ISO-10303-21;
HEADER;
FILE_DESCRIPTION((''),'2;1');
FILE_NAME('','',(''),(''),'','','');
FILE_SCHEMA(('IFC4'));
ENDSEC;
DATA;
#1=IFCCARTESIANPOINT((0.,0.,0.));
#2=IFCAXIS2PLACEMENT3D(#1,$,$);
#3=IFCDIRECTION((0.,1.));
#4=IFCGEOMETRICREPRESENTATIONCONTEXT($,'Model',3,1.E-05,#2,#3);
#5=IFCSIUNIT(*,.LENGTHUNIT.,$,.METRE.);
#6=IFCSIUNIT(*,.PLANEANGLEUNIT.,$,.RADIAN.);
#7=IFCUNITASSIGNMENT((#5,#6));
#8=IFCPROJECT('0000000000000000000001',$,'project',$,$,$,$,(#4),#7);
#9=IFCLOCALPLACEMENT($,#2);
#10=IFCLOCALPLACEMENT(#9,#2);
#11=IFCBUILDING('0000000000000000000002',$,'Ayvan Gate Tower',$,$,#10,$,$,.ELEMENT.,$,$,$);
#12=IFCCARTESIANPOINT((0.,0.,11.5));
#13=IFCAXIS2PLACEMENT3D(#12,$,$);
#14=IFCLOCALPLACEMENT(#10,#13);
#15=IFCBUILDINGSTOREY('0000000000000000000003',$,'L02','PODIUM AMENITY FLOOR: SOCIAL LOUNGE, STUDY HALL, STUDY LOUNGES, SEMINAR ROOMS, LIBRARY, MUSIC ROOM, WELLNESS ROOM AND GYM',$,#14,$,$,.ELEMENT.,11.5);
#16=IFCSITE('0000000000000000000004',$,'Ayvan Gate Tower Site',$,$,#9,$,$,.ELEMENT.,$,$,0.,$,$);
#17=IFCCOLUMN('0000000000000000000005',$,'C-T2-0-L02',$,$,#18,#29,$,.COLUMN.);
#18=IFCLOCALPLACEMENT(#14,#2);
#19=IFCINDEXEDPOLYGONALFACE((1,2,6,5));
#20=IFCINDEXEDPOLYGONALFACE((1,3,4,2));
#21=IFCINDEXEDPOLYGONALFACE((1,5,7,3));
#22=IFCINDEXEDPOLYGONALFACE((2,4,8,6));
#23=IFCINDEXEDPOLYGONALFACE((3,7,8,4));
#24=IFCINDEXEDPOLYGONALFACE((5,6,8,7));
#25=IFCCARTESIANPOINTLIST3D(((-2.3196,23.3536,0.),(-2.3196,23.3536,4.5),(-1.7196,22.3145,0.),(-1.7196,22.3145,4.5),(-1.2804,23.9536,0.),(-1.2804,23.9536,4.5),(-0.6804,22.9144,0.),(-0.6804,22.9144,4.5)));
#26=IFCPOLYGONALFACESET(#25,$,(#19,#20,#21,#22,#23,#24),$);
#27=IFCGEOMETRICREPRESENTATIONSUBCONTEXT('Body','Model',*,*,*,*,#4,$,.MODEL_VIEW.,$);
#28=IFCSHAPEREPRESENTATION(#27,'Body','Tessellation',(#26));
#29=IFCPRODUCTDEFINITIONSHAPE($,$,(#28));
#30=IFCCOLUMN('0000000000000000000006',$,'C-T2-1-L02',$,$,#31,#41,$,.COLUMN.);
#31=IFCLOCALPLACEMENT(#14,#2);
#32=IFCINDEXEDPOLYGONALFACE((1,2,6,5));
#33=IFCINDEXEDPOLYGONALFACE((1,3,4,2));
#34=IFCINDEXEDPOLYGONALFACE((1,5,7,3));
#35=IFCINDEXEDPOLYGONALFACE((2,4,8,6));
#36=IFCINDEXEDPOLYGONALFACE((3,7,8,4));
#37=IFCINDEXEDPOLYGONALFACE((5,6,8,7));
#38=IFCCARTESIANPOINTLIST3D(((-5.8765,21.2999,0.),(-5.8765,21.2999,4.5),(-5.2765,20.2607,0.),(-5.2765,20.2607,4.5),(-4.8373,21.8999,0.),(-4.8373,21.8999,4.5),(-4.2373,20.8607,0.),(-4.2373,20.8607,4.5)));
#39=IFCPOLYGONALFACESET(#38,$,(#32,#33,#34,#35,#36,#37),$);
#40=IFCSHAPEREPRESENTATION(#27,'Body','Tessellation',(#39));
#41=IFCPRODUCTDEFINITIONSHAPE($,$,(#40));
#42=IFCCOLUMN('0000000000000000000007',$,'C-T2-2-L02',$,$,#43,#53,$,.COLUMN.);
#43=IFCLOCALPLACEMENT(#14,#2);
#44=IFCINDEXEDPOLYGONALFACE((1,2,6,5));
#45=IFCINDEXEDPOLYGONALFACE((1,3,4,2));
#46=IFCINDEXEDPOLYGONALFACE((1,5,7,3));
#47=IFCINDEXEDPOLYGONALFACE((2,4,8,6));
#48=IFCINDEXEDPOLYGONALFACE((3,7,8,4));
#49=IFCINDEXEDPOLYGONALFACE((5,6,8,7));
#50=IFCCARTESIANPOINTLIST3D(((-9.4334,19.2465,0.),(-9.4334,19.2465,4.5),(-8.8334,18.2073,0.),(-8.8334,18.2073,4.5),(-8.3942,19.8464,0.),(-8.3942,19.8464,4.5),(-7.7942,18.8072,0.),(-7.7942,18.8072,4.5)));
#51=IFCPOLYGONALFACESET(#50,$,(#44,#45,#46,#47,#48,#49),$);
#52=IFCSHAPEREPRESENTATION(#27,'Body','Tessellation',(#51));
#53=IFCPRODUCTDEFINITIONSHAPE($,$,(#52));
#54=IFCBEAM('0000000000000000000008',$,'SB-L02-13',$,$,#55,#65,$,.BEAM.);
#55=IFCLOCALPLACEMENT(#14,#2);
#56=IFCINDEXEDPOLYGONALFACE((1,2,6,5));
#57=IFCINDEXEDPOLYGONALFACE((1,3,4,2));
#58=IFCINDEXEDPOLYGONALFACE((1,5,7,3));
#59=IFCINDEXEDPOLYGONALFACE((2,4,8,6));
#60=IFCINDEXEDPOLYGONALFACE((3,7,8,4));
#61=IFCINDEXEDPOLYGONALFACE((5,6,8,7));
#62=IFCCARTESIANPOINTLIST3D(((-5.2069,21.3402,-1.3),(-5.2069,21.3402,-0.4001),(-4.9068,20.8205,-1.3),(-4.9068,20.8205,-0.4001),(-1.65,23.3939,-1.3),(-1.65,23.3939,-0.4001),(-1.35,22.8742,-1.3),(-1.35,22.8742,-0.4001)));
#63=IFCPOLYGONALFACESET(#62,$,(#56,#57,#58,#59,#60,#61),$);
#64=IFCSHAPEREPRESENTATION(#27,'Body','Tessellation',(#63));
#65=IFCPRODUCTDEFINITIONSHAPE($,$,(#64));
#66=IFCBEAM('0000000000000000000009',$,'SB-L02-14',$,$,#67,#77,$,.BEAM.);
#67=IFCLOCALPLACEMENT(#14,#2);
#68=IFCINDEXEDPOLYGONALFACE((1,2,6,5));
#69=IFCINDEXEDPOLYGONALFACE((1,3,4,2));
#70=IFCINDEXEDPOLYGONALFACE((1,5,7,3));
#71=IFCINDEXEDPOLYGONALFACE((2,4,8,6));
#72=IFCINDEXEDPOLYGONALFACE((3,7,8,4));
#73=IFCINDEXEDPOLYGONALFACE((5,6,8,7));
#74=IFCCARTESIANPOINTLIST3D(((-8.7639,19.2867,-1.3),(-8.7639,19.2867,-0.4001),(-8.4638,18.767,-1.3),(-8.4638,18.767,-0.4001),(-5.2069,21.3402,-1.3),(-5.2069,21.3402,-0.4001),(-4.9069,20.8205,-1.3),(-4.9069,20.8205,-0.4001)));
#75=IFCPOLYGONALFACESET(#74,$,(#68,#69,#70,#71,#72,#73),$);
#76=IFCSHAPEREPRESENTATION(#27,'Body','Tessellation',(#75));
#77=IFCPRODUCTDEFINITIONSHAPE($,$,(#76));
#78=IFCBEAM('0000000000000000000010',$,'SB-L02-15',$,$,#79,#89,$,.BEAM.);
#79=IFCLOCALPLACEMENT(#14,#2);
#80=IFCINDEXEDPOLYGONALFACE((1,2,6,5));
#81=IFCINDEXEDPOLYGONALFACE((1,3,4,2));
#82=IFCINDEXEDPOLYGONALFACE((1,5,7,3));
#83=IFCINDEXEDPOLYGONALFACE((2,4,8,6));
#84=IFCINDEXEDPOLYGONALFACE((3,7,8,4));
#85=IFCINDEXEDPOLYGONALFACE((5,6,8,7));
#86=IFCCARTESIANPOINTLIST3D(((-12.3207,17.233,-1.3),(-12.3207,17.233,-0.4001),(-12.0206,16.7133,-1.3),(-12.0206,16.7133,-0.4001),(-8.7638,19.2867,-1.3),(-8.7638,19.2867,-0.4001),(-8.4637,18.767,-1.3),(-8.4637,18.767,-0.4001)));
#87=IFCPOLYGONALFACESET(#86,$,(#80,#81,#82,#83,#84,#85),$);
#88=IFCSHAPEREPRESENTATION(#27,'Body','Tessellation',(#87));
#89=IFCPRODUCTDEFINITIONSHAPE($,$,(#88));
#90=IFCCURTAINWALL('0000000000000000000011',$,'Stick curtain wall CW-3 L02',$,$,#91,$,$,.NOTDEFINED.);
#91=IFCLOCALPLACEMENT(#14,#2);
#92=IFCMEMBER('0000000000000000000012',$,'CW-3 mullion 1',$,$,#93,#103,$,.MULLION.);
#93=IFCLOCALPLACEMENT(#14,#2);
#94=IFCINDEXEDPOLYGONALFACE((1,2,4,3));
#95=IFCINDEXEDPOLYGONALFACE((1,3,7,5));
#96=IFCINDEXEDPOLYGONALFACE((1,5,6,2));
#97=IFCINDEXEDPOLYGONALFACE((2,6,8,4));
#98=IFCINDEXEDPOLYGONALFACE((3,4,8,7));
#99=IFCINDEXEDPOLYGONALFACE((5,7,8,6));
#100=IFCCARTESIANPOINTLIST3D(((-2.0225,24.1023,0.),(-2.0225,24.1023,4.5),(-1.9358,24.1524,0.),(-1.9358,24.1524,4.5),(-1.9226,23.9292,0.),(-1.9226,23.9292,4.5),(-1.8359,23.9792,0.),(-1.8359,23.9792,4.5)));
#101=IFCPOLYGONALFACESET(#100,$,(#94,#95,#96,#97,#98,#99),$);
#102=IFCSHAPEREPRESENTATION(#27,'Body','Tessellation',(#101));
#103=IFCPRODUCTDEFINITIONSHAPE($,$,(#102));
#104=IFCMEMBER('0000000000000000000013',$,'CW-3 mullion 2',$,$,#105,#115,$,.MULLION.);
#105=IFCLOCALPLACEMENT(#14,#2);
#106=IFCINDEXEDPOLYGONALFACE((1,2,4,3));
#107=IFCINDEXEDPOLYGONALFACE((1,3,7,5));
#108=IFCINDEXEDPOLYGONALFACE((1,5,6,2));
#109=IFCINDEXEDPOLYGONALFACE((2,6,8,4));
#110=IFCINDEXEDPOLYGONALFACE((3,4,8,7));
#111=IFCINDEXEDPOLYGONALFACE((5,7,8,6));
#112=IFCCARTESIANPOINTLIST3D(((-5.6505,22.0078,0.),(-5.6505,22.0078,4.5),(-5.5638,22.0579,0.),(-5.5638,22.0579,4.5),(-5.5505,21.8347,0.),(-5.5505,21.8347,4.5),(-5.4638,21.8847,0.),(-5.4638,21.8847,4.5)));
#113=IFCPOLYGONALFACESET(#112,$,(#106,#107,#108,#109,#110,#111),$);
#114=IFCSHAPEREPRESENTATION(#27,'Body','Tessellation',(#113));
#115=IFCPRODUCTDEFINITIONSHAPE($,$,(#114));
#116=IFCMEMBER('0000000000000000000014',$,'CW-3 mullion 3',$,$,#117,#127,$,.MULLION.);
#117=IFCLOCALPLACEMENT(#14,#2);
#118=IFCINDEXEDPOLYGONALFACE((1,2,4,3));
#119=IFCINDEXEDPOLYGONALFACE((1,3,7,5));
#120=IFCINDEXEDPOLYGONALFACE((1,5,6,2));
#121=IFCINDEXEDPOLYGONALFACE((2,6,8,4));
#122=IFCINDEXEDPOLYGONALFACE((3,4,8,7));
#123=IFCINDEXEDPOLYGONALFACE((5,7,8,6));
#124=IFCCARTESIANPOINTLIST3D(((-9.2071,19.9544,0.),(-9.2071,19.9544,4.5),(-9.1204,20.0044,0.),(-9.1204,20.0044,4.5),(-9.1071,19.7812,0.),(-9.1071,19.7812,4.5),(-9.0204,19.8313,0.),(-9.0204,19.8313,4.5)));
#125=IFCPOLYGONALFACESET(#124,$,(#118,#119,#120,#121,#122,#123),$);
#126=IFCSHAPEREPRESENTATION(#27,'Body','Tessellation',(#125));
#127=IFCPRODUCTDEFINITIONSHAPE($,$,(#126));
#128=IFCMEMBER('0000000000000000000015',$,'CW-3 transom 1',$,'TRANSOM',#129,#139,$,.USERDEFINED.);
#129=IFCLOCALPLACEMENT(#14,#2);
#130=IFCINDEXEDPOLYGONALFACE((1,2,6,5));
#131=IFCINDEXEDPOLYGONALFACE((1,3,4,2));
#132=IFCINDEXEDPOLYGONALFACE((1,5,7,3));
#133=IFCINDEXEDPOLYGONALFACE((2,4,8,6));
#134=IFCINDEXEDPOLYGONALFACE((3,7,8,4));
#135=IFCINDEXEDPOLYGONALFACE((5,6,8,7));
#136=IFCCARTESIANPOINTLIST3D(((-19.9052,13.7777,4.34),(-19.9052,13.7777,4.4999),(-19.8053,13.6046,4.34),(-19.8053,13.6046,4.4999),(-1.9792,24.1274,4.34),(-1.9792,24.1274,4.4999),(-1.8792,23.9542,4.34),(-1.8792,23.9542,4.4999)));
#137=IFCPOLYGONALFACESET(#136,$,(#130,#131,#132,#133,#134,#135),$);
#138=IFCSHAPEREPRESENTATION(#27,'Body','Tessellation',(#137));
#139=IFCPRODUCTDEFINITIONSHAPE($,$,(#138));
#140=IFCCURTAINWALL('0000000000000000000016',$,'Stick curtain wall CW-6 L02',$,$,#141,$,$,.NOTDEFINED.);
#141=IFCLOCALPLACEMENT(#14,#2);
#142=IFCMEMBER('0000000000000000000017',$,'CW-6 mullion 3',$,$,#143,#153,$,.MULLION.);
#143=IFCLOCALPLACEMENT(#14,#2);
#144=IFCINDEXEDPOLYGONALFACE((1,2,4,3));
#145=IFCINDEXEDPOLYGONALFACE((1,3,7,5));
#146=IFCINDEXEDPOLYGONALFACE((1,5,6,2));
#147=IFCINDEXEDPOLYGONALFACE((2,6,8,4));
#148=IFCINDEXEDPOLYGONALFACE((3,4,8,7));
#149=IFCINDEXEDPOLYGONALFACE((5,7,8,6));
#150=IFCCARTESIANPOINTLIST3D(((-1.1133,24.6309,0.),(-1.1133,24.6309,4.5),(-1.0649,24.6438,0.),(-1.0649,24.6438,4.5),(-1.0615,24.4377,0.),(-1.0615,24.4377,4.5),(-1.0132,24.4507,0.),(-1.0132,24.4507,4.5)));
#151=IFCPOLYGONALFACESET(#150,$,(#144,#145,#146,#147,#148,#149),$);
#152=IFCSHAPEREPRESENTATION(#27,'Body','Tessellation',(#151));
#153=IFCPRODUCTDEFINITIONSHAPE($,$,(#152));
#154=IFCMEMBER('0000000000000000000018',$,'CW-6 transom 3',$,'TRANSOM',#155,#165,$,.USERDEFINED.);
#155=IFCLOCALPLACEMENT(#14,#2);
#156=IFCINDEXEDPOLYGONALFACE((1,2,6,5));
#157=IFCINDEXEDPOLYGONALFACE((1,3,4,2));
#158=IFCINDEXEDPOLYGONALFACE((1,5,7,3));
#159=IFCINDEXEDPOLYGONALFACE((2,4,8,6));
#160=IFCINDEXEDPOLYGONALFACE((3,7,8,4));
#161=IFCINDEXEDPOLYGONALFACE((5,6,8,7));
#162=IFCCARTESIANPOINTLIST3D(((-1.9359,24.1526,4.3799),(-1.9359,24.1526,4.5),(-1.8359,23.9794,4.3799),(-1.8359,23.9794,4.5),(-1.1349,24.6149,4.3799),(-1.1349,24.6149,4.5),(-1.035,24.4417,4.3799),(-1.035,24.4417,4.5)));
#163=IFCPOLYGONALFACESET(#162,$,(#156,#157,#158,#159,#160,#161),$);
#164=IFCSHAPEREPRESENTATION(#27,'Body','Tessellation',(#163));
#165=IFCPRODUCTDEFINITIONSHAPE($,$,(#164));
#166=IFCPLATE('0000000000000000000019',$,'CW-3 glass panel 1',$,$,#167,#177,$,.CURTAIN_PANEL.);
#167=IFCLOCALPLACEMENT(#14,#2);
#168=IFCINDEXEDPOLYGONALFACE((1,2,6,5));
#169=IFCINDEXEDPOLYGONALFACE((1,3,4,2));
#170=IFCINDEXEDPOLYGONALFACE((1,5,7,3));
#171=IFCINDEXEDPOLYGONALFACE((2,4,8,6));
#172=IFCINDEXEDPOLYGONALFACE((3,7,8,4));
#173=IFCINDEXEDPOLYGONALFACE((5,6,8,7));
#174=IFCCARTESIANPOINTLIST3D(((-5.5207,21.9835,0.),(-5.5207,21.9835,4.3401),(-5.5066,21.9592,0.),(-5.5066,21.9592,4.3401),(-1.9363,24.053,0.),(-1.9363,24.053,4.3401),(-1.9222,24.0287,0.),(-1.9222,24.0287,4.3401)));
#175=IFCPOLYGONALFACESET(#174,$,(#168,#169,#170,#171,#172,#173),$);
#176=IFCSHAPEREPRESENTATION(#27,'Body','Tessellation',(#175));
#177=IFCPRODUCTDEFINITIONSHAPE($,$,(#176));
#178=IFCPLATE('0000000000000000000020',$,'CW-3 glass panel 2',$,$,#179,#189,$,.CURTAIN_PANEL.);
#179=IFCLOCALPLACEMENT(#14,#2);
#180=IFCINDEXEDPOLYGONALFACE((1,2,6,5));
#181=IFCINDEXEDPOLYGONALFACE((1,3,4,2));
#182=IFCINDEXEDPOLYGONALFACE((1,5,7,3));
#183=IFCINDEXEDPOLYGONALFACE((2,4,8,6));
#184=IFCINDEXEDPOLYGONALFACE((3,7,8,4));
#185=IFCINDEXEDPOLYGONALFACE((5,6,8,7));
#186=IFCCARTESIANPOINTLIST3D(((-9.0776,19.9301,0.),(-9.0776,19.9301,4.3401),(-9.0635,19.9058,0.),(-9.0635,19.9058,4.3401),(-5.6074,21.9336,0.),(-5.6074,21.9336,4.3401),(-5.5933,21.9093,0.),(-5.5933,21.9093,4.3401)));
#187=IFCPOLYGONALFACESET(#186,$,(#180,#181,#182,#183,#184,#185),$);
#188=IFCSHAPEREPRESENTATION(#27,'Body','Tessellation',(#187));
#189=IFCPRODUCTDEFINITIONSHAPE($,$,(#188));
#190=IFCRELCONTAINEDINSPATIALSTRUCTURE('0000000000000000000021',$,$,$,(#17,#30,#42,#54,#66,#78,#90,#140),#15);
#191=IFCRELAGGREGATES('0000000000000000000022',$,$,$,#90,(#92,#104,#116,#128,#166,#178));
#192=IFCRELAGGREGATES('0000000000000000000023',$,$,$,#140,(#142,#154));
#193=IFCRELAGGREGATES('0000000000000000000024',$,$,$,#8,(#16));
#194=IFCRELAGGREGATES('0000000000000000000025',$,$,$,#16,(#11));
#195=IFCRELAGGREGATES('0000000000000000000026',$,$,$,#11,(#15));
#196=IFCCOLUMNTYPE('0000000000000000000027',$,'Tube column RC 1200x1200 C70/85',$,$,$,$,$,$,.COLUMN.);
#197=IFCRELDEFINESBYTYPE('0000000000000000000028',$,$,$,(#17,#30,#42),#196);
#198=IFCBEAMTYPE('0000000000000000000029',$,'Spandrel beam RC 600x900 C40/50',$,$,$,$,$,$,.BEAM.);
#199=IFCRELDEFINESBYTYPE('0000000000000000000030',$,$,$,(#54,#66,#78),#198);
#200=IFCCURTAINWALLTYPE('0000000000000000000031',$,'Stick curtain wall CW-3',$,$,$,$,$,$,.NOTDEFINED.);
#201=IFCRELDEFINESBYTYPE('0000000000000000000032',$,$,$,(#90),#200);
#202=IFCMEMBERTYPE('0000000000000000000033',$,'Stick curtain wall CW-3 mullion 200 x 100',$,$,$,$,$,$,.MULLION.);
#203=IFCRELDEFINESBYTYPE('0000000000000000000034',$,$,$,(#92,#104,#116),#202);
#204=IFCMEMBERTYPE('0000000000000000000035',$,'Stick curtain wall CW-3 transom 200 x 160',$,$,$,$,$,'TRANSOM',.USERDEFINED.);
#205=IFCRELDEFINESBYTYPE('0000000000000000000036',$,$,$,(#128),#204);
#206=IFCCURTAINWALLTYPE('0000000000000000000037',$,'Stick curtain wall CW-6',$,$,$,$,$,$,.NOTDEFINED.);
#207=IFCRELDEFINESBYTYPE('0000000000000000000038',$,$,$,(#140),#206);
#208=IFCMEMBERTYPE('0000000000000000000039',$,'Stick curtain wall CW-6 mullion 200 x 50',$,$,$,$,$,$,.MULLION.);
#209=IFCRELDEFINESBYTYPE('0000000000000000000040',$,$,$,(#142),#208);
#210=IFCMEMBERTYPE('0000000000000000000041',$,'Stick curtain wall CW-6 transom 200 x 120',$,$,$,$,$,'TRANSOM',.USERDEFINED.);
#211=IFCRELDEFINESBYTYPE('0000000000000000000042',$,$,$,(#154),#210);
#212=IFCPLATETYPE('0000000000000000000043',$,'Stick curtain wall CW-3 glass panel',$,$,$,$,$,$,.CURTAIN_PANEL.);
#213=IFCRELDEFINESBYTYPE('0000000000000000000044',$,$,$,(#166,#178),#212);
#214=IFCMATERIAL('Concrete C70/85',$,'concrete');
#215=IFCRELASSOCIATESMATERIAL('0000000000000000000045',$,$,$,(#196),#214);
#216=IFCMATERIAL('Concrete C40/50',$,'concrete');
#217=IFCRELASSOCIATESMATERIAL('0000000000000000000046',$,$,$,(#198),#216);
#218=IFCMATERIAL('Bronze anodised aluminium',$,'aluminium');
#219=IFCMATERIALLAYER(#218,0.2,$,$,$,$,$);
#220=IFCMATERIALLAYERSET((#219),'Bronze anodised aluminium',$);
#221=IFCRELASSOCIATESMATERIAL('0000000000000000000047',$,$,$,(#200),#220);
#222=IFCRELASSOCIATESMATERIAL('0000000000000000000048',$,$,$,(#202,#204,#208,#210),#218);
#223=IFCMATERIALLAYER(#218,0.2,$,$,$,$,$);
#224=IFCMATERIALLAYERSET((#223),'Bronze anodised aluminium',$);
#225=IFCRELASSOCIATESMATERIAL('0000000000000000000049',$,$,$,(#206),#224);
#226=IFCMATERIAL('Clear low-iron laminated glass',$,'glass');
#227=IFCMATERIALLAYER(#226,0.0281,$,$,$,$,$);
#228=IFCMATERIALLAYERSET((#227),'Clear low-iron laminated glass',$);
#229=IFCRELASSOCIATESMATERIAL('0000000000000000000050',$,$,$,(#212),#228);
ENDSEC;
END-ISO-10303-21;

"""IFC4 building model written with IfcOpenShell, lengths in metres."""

from ifc_helpers import new_model, si_unit, direction, frame, origin, origin_2d, place, context, subcontext, project, spatial, rectangle, extrude, material, layer, layer_set, material_profile, profile_set, type_object, element, aggregate, save


model = new_model("IFC4")

# Units and contexts
model_context = context("Model", 3, precision=1e-05, world=origin(), true_north=direction((0.0, 1.0)))
body_context = subcontext(model_context, "Body", "Model", "MODEL_VIEW")
ifc_project = project(units=[si_unit("LENGTHUNIT", "METRE"), si_unit("PLANEANGLEUNIT", "RADIAN")], contexts=[model_context])

# Site, building, storey
site_placement = place(None, origin())
site = spatial("IfcSite", under=ifc_project, at=site_placement, Name="Ayvan Gate Tower Site", CompositionType="ELEMENT", RefElevation=0.0)
building_placement = place(site_placement, origin())
building = spatial("IfcBuilding", under=site, at=building_placement, Name="Ayvan Gate Tower", CompositionType="ELEMENT")
storey_placement = place(building_placement, frame((0.0, 0.0, 11.5)))
storey = spatial("IfcBuildingStorey", under=building, at=storey_placement, Name="L02", Description="PODIUM AMENITY FLOOR: SOCIAL LOUNGE, STUDY HALL, STUDY LOUNGES, SEMINAR ROOMS, LIBRARY, MUSIC ROOM, WELLNESS ROOM AND GYM", CompositionType="ELEMENT", Elevation=11.5)

# Columns
ifc_material_1 = material(Name="Concrete C70/85", Category="concrete")
ifc_material_profile_1 = material_profile(ifc_material_1, rectangle(XDim=1.2, YDim=1.2, at=origin_2d()), Name="RC 1200x1200")
ifc_profile_set_1 = profile_set([ifc_material_profile_1], Name="Concrete C70/85")
column_type = type_object("IfcColumnType", Name="Tube column RC 1200x1200 C70/85", PredefinedType="COLUMN", material=ifc_profile_set_1)
for number, where, z_axis, x_axis, name in (
    (1, (-1.5, 23.134, 0.0), (0.0, 0.0, 1.0), (-0.5, 0.866025, 0.0), "C-T2-0-L02"),
    (2, (-5.0569, 21.0803, 0.0), (0.0, 0.0, 1.0), (-0.5, 0.866025, 0.0), "C-T2-1-L02"),
    (3, (-8.6138, 19.0269, 0.0), (0.0, 0.0, 1.0), (-0.5, 0.866025, 0.0), "C-T2-2-L02"),
):
    element("IfcColumn", number, at=place(storey_placement, frame(where, z_axis=z_axis, x_axis=x_axis)), inside=storey, type_object=column_type, Name=name, PredefinedType="COLUMN", context=body_context, shape_type="SweptSolid", body=[
        extrude(rectangle(XDim=1.2, YDim=1.2, at=origin_2d()), origin(), (0.0, 0.0, 1.0), 4.5),
    ])

# Beams
ifc_material_2 = material(Name="Concrete C40/50", Category="concrete")
ifc_material_profile_2 = material_profile(ifc_material_2, rectangle(XDim=0.6001, YDim=0.8999, at=origin_2d()), Name="RC 600x900")
ifc_profile_set_2 = profile_set([ifc_material_profile_2], Name="Concrete C40/50")
beam_type = type_object("IfcBeamType", Name="Spandrel beam RC 600x900 C40/50", PredefinedType="BEAM", material=ifc_profile_set_2)
for number, where, z_axis, x_axis, name in (
    (4, (-1.5, 23.134, -0.8501), (-0.86601, -0.500026, 0.0), (0.500026, -0.86601, 0.0), "SB-L02-13"),
    (5, (-5.0569, 21.0803, -0.8501), (-0.866036, -0.499981, 0.0), (0.499981, -0.866036, 0.0), "SB-L02-14"),
    (6, (-8.6138, 19.0269, -0.8501), (-0.86601, -0.500026, 0.0), (0.500026, -0.86601, 0.0), "SB-L02-15"),
):
    element("IfcBeam", number, at=place(storey_placement, frame(where, z_axis=z_axis, x_axis=x_axis)), inside=storey, type_object=beam_type, Name=name, PredefinedType="BEAM", context=body_context, shape_type="SweptSolid", body=[
        extrude(rectangle(XDim=0.6001, YDim=0.8999, at=origin_2d()), origin(), (0.0, 0.0, 1.0), 4.1072),
    ])

# Curtain walls, members
ifc_material_3 = material(Name="Bronze anodised aluminium", Category="aluminium")
ifc_layer_1 = layer(ifc_material_3, 0.2)
ifc_layer_set_1 = layer_set([ifc_layer_1], Name="Bronze anodised aluminium")
curtain_wall_type_1 = type_object("IfcCurtainWallType", Name="Stick curtain wall CW-3", PredefinedType="NOTDEFINED", material=ifc_layer_set_1)
curtain_wall_1_placement = place(storey_placement, origin())
curtain_wall_1 = element("IfcCurtainWall", 7, at=curtain_wall_1_placement, inside=storey, type_object=curtain_wall_type_1, Name="Stick curtain wall CW-3 L02", PredefinedType="NOTDEFINED")
ifc_material_profile_3 = material_profile(ifc_material_3, rectangle(XDim=0.2, YDim=0.1001, at=origin_2d()), Name="Stick curtain wall CW-3 mullion 200 x 100")
ifc_profile_set_3 = profile_set([ifc_material_profile_3], Name="Bronze anodised aluminium")
member_type_1 = type_object("IfcMemberType", Name="Stick curtain wall CW-3 mullion 200 x 100", PredefinedType="MULLION", material=ifc_profile_set_3)
member_1_placement = place(storey_placement, frame((-1.9292, 24.0408, 0.0), z_axis=(0.0, 0.0, 1.0), x_axis=(-0.5, 0.866025, 0.0)))
member_1 = element("IfcMember", 8, at=member_1_placement, type_object=member_type_1, Name="CW-3 mullion 1", PredefinedType="MULLION", context=body_context, shape_type="SweptSolid", body=[
    extrude(rectangle(XDim=0.2, YDim=0.1001, at=origin_2d()), origin(), (0.0, 0.0, 1.0), 4.5),
])
member_2_placement = place(storey_placement, frame((-5.5571, 21.9463, 0.0), z_axis=(0.0, 0.0, 1.0), x_axis=(-0.5, 0.866025, 0.0)))
member_2 = element("IfcMember", 9, at=member_2_placement, type_object=member_type_1, Name="CW-3 mullion 2", PredefinedType="MULLION", context=body_context, shape_type="SweptSolid", body=[
    extrude(rectangle(XDim=0.2, YDim=0.1001, at=origin_2d()), origin(), (0.0, 0.0, 1.0), 4.5),
])
member_3_placement = place(storey_placement, frame((-9.1138, 19.8928, 0.0), z_axis=(0.0, 0.0, 1.0), x_axis=(-0.5, 0.866025, 0.0)))
member_3 = element("IfcMember", 10, at=member_3_placement, type_object=member_type_1, Name="CW-3 mullion 3", PredefinedType="MULLION", context=body_context, shape_type="SweptSolid", body=[
    extrude(rectangle(XDim=0.2, YDim=0.1001, at=origin_2d()), origin(), (0.0, 0.0, 1.0), 4.5),
])
ifc_material_profile_4 = material_profile(ifc_material_3, rectangle(XDim=0.2, YDim=0.1599, at=origin_2d()), Name="Stick curtain wall CW-3 transom 200 x 160")
ifc_profile_set_4 = profile_set([ifc_material_profile_4], Name="Bronze anodised aluminium")
member_type_2 = type_object("IfcMemberType", Name="Stick curtain wall CW-3 transom 200 x 160", ElementType="TRANSOM", PredefinedType="USERDEFINED", material=ifc_profile_set_4)
member_4_placement = place(storey_placement, frame((-1.9292, 24.0408, 4.4199), z_axis=(-0.866025, -0.5, 0.0), x_axis=(0.5, -0.866025, 0.0)))
member_4 = element("IfcMember", 11, at=member_4_placement, type_object=member_type_2, Name="CW-3 transom 1", ObjectType="TRANSOM", PredefinedType="USERDEFINED", context=body_context, shape_type="SweptSolid", body=[
    extrude(rectangle(XDim=0.2, YDim=0.1599, at=origin_2d()), origin(), (0.0, 0.0, 1.0), 20.6992),
])
ifc_layer_2 = layer(ifc_material_3, 0.2)
ifc_layer_set_2 = layer_set([ifc_layer_2], Name="Bronze anodised aluminium")
curtain_wall_type_2 = type_object("IfcCurtainWallType", Name="Stick curtain wall CW-6", PredefinedType="NOTDEFINED", material=ifc_layer_set_2)
curtain_wall_2_placement = place(storey_placement, origin())
curtain_wall_2 = element("IfcCurtainWall", 12, at=curtain_wall_2_placement, inside=storey, type_object=curtain_wall_type_2, Name="Stick curtain wall CW-6 L02", PredefinedType="NOTDEFINED")
ifc_material_profile_5 = material_profile(ifc_material_3, rectangle(XDim=0.2, YDim=0.05, at=origin_2d()), Name="Stick curtain wall CW-6 mullion 200 x 50")
ifc_profile_set_5 = profile_set([ifc_material_profile_5], Name="Bronze anodised aluminium")
member_type_3 = type_object("IfcMemberType", Name="Stick curtain wall CW-6 mullion 200 x 50", PredefinedType="MULLION", material=ifc_profile_set_5)
member_5_placement = place(storey_placement, frame((-1.0632, 24.5408, 0.0), z_axis=(0.0, 0.0, 1.0), x_axis=(-0.258819, 0.965926, 0.0)))
member_5 = element("IfcMember", 13, at=member_5_placement, type_object=member_type_3, Name="CW-6 mullion 3", PredefinedType="MULLION", context=body_context, shape_type="SweptSolid", body=[
    extrude(rectangle(XDim=0.2, YDim=0.05, at=origin_2d()), origin(), (0.0, 0.0, 1.0), 4.5),
])
ifc_material_profile_6 = material_profile(ifc_material_3, rectangle(XDim=0.2, YDim=0.1201, at=origin_2d()), Name="Stick curtain wall CW-6 transom 200 x 120")
ifc_profile_set_6 = profile_set([ifc_material_profile_6], Name="Bronze anodised aluminium")
member_type_4 = type_object("IfcMemberType", Name="Stick curtain wall CW-6 transom 200 x 120", ElementType="TRANSOM", PredefinedType="USERDEFINED", material=ifc_profile_set_6)
member_6_placement = place(storey_placement, frame((-1.085, 24.5283, 4.4399), z_axis=(-0.866058, -0.499943, 0.0), x_axis=(0.499943, -0.866058, 0.0)))
member_6 = element("IfcMember", 14, at=member_6_placement, type_object=member_type_4, Name="CW-6 transom 3", ObjectType="TRANSOM", PredefinedType="USERDEFINED", context=body_context, shape_type="SweptSolid", body=[
    extrude(rectangle(XDim=0.2, YDim=0.1201, at=origin_2d()), origin(), (0.0, 0.0, 1.0), 0.9248),
])

# Plates
ifc_material_4 = material(Name="Clear low-iron laminated glass", Category="glass")
ifc_layer_3 = layer(ifc_material_4, 0.0281)
ifc_layer_set_3 = layer_set([ifc_layer_3], Name="Clear low-iron laminated glass")
plate_type_1 = type_object("IfcPlateType", Name="Stick curtain wall CW-3 glass panel", PredefinedType="CURTAIN_PANEL", material=ifc_layer_set_3)
plate_1_placement = place(storey_placement, frame((-3.7214, 23.0061, 0.0), z_axis=(0.0, 0.0, 1.0), x_axis=(-0.866025, -0.5, 0.0)))
plate_1 = element("IfcPlate", 15, at=plate_1_placement, type_object=plate_type_1, Name="CW-3 glass panel 1", PredefinedType="CURTAIN_PANEL", context=body_context, shape_type="SweptSolid", body=[
    extrude(rectangle(XDim=4.1389, YDim=0.0281, at=origin_2d()), origin(), (0.0, 0.0, 1.0), 4.3401),
])
plate_2_placement = place(storey_placement, frame((-7.3354, 20.9197, 0.0), z_axis=(0.0, 0.0, 1.0), x_axis=(-0.866025, -0.5, 0.0)))
plate_2 = element("IfcPlate", 16, at=plate_2_placement, type_object=plate_type_1, Name="CW-3 glass panel 2", PredefinedType="CURTAIN_PANEL", context=body_context, shape_type="SweptSolid", body=[
    extrude(rectangle(XDim=4.0071, YDim=0.0281, at=origin_2d()), origin(), (0.0, 0.0, 1.0), 4.3401),
])
aggregate(curtain_wall_1, [member_1, member_2, member_3, member_4, plate_1, plate_2])
aggregate(curtain_wall_2, [member_5, member_6])

save(model, "model.ifc")
